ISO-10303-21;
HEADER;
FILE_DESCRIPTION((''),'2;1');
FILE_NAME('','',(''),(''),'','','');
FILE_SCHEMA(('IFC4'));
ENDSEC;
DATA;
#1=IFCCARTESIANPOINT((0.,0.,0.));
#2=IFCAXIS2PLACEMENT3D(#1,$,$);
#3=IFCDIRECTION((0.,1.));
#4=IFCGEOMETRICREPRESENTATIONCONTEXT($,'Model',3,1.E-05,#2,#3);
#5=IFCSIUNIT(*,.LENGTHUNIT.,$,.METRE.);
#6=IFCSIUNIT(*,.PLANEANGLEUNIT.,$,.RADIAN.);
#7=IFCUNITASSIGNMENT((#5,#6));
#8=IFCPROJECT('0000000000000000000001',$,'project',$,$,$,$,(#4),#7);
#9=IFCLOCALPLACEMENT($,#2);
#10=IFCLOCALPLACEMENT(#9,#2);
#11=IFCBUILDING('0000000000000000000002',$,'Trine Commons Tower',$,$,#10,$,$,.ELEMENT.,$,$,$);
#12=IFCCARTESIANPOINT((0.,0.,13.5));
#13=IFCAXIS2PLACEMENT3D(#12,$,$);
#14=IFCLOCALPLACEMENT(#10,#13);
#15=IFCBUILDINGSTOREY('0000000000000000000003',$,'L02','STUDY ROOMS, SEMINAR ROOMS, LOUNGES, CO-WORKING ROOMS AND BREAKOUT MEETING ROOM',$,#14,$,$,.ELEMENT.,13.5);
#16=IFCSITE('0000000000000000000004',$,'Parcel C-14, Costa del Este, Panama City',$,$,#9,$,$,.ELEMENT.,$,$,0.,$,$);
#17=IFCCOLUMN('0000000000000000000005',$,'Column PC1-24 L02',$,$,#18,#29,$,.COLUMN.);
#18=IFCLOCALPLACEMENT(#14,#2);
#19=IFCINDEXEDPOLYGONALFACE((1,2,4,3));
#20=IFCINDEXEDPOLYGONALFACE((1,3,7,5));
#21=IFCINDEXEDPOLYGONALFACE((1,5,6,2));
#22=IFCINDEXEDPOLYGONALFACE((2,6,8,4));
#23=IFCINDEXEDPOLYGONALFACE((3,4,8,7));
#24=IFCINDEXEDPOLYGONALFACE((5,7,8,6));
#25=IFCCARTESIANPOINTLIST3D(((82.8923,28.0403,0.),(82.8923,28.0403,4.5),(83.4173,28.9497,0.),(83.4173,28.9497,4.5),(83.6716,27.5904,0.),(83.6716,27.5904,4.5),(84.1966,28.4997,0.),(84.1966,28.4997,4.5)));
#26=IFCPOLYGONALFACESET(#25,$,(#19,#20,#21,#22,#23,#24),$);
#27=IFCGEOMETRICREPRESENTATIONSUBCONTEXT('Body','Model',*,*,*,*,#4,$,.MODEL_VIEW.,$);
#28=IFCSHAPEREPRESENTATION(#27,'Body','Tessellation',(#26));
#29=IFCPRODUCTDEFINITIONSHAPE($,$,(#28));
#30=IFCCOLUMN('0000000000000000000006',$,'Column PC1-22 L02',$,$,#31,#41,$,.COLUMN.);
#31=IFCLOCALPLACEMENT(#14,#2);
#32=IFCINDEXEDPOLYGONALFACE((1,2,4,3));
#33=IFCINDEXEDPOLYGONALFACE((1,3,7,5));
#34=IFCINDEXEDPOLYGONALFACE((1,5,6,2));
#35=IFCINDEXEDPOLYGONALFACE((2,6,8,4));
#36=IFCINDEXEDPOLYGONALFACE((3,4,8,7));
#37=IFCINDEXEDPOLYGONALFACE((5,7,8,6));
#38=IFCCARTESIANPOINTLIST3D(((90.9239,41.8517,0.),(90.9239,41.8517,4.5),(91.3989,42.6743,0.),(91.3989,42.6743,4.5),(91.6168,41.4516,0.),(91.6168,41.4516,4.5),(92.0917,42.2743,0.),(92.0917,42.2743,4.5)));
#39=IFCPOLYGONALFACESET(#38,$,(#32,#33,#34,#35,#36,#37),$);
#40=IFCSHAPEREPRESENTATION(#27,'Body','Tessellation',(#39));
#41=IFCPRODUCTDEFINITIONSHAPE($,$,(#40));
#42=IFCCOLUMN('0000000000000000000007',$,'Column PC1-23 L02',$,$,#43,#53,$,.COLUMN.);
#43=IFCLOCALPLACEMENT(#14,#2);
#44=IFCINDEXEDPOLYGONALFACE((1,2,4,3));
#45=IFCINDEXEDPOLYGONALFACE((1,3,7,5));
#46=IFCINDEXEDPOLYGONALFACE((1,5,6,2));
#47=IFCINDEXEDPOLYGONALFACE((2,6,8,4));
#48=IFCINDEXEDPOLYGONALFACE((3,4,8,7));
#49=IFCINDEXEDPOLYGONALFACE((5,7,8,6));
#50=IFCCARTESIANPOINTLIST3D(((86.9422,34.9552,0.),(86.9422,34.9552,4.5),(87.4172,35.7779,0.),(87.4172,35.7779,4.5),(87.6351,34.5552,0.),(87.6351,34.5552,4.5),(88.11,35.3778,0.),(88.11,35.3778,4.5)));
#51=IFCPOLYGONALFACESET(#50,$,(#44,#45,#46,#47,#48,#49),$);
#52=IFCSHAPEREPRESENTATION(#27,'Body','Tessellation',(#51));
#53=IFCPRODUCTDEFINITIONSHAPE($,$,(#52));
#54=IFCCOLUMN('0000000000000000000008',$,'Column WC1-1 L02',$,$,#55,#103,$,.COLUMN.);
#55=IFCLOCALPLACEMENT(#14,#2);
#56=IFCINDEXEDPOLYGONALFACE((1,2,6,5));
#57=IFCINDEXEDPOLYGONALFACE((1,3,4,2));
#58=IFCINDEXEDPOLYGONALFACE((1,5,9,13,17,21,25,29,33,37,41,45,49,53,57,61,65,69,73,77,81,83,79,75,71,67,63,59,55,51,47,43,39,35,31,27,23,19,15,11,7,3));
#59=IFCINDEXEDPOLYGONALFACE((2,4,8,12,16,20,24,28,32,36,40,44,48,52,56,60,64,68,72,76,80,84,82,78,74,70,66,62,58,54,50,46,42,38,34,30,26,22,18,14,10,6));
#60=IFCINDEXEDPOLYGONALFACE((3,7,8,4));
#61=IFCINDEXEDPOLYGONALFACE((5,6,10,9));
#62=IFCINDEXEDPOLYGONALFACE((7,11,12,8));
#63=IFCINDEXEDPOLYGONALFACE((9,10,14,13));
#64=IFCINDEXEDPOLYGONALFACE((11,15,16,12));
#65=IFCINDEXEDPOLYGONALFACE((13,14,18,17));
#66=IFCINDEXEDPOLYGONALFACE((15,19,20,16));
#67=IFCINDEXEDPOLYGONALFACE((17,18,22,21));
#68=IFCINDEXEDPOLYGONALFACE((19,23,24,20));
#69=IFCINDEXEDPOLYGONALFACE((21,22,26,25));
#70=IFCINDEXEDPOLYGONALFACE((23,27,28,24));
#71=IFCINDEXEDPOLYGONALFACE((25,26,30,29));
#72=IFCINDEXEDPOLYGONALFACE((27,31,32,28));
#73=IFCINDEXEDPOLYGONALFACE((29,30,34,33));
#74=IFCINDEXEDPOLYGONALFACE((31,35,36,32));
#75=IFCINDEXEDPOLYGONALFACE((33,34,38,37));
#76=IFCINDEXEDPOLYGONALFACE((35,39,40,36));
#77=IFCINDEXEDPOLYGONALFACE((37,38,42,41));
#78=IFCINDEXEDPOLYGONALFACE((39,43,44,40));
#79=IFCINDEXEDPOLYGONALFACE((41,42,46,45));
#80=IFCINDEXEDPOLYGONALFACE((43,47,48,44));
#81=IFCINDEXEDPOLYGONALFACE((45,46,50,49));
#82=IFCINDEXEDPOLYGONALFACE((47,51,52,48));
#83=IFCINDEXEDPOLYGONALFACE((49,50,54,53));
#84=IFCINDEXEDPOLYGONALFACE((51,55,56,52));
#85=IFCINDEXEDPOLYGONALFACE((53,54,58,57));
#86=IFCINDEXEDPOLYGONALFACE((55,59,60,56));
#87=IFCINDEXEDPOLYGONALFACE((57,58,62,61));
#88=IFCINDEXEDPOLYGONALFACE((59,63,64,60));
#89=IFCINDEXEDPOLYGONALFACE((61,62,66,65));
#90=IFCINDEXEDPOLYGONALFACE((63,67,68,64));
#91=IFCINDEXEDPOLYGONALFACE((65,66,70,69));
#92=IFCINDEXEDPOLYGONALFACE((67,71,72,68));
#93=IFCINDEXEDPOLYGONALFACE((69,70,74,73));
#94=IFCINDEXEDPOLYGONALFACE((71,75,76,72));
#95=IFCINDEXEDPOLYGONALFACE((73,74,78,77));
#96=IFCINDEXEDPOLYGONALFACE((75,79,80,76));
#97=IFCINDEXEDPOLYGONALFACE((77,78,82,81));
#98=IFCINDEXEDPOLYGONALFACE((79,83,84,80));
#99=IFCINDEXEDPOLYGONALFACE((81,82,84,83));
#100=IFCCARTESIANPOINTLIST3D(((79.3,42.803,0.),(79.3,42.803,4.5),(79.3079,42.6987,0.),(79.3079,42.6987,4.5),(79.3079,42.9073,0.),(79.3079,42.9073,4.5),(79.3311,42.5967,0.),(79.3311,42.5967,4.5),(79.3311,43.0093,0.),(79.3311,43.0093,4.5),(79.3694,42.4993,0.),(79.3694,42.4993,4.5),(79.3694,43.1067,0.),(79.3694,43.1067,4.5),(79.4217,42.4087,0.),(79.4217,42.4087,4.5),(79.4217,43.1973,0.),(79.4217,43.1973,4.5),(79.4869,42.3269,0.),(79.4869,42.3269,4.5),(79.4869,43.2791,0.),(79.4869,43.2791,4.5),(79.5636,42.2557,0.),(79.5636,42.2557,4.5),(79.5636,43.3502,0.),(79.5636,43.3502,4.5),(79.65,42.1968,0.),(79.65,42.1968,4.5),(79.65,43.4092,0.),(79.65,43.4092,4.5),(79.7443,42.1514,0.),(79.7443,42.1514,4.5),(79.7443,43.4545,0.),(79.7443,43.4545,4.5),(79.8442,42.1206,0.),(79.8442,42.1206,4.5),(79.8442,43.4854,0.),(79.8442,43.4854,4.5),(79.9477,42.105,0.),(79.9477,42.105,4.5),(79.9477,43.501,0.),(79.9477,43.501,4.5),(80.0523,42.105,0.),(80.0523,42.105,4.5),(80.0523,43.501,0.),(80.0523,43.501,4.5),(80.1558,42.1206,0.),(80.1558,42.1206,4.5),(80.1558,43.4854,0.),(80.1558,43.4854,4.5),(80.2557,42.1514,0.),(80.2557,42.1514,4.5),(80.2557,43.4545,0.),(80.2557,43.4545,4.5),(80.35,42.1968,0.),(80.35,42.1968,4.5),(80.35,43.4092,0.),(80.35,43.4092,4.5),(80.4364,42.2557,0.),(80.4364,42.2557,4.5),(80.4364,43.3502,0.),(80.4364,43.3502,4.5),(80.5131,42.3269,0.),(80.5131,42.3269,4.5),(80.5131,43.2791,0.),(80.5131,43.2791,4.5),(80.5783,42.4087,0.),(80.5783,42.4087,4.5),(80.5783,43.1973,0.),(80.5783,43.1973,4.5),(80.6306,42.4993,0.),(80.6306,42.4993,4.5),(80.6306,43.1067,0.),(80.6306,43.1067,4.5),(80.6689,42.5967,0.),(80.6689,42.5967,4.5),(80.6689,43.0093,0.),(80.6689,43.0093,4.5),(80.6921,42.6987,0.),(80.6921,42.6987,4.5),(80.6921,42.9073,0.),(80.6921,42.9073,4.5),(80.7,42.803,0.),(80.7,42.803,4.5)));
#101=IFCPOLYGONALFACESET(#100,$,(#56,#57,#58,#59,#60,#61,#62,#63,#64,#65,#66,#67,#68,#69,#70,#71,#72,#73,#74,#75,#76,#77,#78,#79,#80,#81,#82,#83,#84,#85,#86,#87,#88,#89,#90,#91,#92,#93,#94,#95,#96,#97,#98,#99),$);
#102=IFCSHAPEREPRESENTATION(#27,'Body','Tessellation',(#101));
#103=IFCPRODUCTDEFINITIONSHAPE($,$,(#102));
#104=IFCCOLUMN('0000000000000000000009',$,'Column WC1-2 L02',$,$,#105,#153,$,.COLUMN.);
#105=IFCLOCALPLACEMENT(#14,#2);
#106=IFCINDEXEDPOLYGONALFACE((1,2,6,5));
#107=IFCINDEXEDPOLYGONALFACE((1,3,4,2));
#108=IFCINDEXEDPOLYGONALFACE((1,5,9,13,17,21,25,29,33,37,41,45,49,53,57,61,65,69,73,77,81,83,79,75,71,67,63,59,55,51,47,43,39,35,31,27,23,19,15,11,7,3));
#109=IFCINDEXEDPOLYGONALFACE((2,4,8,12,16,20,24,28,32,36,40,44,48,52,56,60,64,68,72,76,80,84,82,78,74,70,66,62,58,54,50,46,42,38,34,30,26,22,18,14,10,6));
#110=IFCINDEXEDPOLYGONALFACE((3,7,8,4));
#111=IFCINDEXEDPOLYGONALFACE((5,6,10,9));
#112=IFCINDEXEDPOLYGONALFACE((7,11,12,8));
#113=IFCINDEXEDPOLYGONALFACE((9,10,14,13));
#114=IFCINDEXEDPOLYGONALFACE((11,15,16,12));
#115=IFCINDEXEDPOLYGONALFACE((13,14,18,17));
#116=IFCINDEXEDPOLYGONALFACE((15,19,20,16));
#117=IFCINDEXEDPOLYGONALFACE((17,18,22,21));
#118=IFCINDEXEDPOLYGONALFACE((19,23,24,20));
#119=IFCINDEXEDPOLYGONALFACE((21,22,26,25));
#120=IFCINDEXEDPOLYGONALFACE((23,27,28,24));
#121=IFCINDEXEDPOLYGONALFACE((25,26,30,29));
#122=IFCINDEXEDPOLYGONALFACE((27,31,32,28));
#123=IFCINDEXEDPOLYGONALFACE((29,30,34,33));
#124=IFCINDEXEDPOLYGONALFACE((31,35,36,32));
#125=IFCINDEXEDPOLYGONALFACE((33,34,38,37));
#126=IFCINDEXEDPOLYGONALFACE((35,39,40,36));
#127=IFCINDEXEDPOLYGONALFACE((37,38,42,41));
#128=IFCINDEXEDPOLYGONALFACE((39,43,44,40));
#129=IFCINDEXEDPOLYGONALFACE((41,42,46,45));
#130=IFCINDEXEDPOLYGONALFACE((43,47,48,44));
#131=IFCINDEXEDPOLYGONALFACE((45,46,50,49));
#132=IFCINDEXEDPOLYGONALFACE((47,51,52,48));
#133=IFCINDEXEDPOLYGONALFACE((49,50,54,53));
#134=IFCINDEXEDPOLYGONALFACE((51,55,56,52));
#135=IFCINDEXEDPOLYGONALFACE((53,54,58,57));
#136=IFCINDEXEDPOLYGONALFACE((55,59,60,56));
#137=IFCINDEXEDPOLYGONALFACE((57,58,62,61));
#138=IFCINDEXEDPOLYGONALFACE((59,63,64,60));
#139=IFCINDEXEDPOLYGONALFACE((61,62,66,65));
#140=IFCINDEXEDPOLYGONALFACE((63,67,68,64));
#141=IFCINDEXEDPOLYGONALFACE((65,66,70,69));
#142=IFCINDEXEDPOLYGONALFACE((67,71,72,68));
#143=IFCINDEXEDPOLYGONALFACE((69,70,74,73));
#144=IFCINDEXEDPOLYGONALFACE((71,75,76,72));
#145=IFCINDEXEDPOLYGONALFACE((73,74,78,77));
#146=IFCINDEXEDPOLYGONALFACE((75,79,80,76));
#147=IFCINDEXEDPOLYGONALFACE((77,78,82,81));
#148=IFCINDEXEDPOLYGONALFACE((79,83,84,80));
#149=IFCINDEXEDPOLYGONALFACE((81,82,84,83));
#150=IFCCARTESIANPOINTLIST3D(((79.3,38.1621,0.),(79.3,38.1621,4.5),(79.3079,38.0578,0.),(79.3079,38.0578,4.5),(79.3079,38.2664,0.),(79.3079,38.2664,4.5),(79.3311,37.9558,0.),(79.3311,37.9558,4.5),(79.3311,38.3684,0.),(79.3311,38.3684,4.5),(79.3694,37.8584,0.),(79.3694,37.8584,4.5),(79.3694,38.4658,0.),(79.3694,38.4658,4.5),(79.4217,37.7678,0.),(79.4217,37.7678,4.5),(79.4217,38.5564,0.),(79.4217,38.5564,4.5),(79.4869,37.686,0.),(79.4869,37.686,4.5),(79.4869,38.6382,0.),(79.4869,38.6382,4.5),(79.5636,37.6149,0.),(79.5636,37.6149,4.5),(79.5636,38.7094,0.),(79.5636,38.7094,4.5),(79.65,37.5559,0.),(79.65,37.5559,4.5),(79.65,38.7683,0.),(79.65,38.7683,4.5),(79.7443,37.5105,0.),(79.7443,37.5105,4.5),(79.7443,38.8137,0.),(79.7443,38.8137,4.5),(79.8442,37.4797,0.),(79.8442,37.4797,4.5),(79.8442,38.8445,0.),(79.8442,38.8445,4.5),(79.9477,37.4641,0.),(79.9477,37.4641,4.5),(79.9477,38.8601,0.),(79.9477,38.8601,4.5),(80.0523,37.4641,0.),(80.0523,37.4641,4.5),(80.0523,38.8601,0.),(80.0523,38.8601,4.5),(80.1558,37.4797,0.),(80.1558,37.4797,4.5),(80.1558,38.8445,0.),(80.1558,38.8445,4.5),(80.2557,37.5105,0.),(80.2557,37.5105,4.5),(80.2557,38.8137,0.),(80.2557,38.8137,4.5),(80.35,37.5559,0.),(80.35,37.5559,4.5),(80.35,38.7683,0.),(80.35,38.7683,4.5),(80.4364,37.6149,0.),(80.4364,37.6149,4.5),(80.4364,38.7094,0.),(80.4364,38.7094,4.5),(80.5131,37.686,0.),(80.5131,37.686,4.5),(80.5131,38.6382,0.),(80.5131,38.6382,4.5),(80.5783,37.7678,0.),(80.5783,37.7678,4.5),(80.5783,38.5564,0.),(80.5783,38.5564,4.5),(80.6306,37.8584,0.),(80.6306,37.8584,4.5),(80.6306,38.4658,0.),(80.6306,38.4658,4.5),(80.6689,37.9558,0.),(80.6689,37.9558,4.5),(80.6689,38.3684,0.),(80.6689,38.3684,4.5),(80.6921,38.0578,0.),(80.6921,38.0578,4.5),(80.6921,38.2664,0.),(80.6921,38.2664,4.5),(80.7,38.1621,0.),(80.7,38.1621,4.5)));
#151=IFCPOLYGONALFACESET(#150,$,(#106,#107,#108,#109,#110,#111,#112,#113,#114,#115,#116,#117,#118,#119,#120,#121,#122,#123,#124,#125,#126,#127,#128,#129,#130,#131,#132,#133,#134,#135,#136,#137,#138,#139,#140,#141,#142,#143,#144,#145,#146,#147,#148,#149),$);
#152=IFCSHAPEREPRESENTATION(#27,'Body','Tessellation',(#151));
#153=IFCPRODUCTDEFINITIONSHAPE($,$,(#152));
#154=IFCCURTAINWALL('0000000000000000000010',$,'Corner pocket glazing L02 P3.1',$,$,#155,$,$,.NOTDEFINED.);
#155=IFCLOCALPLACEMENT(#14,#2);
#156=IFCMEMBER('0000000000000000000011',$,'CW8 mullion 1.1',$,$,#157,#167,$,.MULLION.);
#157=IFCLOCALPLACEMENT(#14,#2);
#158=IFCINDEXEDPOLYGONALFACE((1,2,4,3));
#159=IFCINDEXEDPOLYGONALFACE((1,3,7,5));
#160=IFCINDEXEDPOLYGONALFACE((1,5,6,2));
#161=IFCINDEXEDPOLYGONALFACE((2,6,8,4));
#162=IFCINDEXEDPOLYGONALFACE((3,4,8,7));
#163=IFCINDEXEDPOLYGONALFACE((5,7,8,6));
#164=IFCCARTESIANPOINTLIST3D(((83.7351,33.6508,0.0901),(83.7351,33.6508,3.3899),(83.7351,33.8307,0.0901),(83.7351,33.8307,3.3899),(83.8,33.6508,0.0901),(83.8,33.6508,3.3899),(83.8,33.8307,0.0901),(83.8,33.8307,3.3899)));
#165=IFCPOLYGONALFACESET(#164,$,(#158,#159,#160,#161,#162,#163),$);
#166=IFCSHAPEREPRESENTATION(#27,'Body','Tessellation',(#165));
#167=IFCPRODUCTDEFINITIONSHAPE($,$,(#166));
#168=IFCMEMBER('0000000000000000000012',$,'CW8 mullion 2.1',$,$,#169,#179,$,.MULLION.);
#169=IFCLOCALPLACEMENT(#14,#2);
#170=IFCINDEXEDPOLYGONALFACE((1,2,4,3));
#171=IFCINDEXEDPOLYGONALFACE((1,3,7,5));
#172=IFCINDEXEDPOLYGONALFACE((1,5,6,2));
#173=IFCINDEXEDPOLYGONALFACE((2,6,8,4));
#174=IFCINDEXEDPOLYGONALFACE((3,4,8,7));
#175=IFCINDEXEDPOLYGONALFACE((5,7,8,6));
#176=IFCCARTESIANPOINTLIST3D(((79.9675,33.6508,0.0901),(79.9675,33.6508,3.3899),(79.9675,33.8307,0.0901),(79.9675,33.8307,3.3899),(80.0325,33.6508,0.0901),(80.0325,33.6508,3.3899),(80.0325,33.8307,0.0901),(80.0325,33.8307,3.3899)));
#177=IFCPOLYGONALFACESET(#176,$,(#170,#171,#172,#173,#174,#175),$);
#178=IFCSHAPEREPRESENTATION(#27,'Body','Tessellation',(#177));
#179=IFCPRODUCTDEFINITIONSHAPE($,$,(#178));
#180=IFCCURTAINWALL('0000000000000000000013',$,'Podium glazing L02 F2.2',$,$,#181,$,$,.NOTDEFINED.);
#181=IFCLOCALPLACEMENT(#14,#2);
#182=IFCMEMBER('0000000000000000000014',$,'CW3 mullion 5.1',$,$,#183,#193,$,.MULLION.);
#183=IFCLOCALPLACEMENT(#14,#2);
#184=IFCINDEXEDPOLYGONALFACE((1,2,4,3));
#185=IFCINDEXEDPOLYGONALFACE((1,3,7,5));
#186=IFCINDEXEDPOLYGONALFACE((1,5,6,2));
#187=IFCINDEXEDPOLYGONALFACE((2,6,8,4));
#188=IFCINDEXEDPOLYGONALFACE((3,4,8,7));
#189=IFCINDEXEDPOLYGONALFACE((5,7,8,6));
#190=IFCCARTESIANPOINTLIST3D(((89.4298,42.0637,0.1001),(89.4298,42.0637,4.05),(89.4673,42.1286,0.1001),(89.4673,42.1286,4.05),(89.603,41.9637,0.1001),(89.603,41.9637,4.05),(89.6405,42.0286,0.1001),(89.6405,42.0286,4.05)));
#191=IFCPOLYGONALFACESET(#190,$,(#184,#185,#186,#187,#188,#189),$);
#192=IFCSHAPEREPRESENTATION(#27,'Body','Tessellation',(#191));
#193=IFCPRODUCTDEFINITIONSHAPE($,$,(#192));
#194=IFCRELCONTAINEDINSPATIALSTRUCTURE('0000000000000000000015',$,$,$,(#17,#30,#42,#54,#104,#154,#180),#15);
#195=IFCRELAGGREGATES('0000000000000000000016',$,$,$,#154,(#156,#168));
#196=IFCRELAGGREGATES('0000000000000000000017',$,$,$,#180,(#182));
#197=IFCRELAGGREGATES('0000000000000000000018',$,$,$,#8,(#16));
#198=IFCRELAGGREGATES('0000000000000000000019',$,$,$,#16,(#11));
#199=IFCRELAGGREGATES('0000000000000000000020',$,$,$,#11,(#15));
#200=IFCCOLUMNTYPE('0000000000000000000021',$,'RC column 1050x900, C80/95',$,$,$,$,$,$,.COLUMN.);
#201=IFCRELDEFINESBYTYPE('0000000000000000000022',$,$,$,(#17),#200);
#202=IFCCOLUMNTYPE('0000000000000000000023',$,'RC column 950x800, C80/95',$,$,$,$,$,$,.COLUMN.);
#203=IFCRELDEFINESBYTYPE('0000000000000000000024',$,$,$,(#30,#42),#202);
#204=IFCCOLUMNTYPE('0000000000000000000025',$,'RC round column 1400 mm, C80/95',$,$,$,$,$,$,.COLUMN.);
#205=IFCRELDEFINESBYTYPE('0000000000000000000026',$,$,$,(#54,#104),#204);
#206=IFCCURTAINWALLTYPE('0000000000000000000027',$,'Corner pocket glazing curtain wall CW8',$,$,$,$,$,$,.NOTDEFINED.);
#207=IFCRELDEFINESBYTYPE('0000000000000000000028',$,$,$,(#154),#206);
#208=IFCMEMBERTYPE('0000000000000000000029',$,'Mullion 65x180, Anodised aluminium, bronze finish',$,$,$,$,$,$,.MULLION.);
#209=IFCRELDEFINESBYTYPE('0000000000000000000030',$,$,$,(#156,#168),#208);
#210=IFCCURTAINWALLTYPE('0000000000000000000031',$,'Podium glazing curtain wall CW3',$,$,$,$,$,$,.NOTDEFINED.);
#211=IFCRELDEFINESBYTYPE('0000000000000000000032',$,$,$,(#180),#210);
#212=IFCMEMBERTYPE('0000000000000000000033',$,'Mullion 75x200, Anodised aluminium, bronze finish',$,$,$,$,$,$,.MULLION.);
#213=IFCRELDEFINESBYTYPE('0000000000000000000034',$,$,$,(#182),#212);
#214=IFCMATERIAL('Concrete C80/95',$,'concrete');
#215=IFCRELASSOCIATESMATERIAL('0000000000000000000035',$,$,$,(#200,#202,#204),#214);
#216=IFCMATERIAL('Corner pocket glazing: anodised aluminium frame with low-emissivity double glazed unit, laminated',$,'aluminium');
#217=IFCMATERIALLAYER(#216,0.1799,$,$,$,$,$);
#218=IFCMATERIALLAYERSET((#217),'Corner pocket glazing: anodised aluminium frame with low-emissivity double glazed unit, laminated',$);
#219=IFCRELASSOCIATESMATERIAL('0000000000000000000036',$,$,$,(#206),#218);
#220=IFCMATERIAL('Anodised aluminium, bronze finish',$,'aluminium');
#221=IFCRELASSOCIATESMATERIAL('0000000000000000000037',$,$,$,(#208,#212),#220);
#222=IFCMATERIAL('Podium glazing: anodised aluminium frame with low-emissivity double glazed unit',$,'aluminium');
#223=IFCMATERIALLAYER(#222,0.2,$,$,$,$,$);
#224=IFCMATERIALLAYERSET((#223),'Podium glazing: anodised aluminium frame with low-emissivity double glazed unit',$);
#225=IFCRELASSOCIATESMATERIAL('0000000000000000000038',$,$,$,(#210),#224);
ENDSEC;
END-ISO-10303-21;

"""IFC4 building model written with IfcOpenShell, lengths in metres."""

from ifc_helpers import new_model, si_unit, direction, frame, origin, origin_2d, place, context, subcontext, project, spatial, rectangle, circle, extrude, material, layer, layer_set, material_profile, profile_set, type_object, element, aggregate, save


model = new_model("IFC4")

# Units and contexts
model_context = context("Model", 3, precision=1e-05, world=origin(), true_north=direction((0.0, 1.0)))
body_context = subcontext(model_context, "Body", "Model", "MODEL_VIEW")
ifc_project = project(units=[si_unit("LENGTHUNIT", "METRE"), si_unit("PLANEANGLEUNIT", "RADIAN")], contexts=[model_context])

# Site, building, storey
site_placement = place(None, origin())
site = spatial("IfcSite", under=ifc_project, at=site_placement, Name="Parcel C-14, Costa del Este, Panama City", CompositionType="ELEMENT", RefElevation=0.0)
building_placement = place(site_placement, origin())
building = spatial("IfcBuilding", under=site, at=building_placement, Name="Trine Commons Tower", CompositionType="ELEMENT")
storey_placement = place(building_placement, frame((0.0, 0.0, 13.5)))
storey = spatial("IfcBuildingStorey", under=building, at=storey_placement, Name="L02", Description="STUDY ROOMS, SEMINAR ROOMS, LOUNGES, CO-WORKING ROOMS AND BREAKOUT MEETING ROOM", CompositionType="ELEMENT", Elevation=13.5)

# Columns
ifc_material_1 = material(Name="Concrete C80/95", Category="concrete")
ifc_material_profile_1 = material_profile(ifc_material_1, rectangle(XDim=1.05, YDim=0.8999, at=origin_2d()), Name="RC 1050x900")
ifc_profile_set_1 = profile_set([ifc_material_profile_1], Name="Concrete C80/95")
column_type_1 = type_object("IfcColumnType", Name="RC column 1050x900, C80/95", PredefinedType="COLUMN", material=ifc_profile_set_1)
column_placement = place(storey_placement, frame((83.5444, 28.27, 0.0), z_axis=(0.0, 0.0, 1.0), x_axis=(0.5, 0.866025, 0.0)))
element("IfcColumn", 1, at=column_placement, inside=storey, type_object=column_type_1, Name="Column PC1-24 L02", PredefinedType="COLUMN", context=body_context, shape_type="SweptSolid", body=[
    extrude(rectangle(XDim=1.05, YDim=0.8999, at=origin_2d()), origin(), (0.0, 0.0, 1.0), 4.5),
])
ifc_material_profile_2 = material_profile(ifc_material_1, rectangle(XDim=0.95, YDim=0.8, at=origin_2d()), Name="RC 950x800")
ifc_profile_set_2 = profile_set([ifc_material_profile_2], Name="Concrete C80/95")
column_type_2 = type_object("IfcColumnType", Name="RC column 950x800, C80/95", PredefinedType="COLUMN", material=ifc_profile_set_2)
for number, where, z_axis, x_axis, name in (
    (2, (91.5078, 42.063, 0.0), (0.0, 0.0, 1.0), (0.5, 0.866025, 0.0), "Column PC1-22 L02"),
    (3, (87.5261, 35.1665, 0.0), (0.0, 0.0, 1.0), (0.5, 0.866025, 0.0), "Column PC1-23 L02"),
):
    element("IfcColumn", number, at=place(storey_placement, frame(where, z_axis=z_axis, x_axis=x_axis)), inside=storey, type_object=column_type_2, Name=name, PredefinedType="COLUMN", context=body_context, shape_type="SweptSolid", body=[
        extrude(rectangle(XDim=0.95, YDim=0.8, at=origin_2d()), origin(), (0.0, 0.0, 1.0), 4.5),
    ])
ifc_material_profile_3 = material_profile(ifc_material_1, circle(Radius=0.7, at=origin_2d()), Name="RC round 1400")
ifc_profile_set_3 = profile_set([ifc_material_profile_3], Name="Concrete C80/95")
column_type_3 = type_object("IfcColumnType", Name="RC round column 1400 mm, C80/95", PredefinedType="COLUMN", material=ifc_profile_set_3)
for number, where, z_axis, x_axis, name in (
    (4, (80.0, 42.803, 0.0), (0.0, 0.0, 1.0), (1.0, 0.0, 0.0), "Column WC1-1 L02"),
    (5, (80.0, 38.1621, 0.0), (0.0, 0.0, 1.0), (1.0, 0.0, 0.0), "Column WC1-2 L02"),
):
    element("IfcColumn", number, at=place(storey_placement, frame(where, z_axis=z_axis, x_axis=x_axis)), inside=storey, type_object=column_type_3, Name=name, PredefinedType="COLUMN", context=body_context, shape_type="SweptSolid", body=[
        extrude(circle(Radius=0.7, at=origin_2d()), origin(), (0.0, 0.0, 1.0), 4.5),
    ])

# Curtain walls, members
ifc_material_2 = material(Name="Corner pocket glazing: anodised aluminium frame with low-emissivity double glazed unit, laminated", Category="aluminium")
ifc_layer_1 = layer(ifc_material_2, 0.1799)
ifc_layer_set_1 = layer_set([ifc_layer_1], Name="Corner pocket glazing: anodised aluminium frame with low-emissivity double glazed unit, laminated")
curtain_wall_type_1 = type_object("IfcCurtainWallType", Name="Corner pocket glazing curtain wall CW8", PredefinedType="NOTDEFINED", material=ifc_layer_set_1)
curtain_wall_1_placement = place(storey_placement, origin())
curtain_wall_1 = element("IfcCurtainWall", 6, at=curtain_wall_1_placement, inside=storey, type_object=curtain_wall_type_1, Name="Corner pocket glazing L02 P3.1", PredefinedType="NOTDEFINED")
ifc_material_3 = material(Name="Anodised aluminium, bronze finish", Category="aluminium")
ifc_material_profile_4 = material_profile(ifc_material_3, rectangle(XDim=0.1799, YDim=0.0649, at=origin_2d()), Name="Mullion 65x180")
ifc_profile_set_4 = profile_set([ifc_material_profile_4], Name="Anodised aluminium, bronze finish")
member_type_1 = type_object("IfcMemberType", Name="Mullion 65x180, Anodised aluminium, bronze finish", PredefinedType="MULLION", material=ifc_profile_set_4)
member_1_placement = place(storey_placement, frame((83.7676, 33.7407, 0.0901), z_axis=(0.0, 0.0, 1.0), x_axis=(0.0, -1.0, 0.0)))
member_1 = element("IfcMember", 7, at=member_1_placement, type_object=member_type_1, Name="CW8 mullion 1.1", PredefinedType="MULLION", context=body_context, shape_type="SweptSolid", body=[
    extrude(rectangle(XDim=0.1799, YDim=0.0649, at=origin_2d()), origin(), (0.0, 0.0, 1.0), 3.2998),
])
member_2_placement = place(storey_placement, frame((80.0, 33.7407, 0.0901), z_axis=(0.0, 0.0, 1.0), x_axis=(0.0, -1.0, 0.0)))
member_2 = element("IfcMember", 8, at=member_2_placement, type_object=member_type_1, Name="CW8 mullion 2.1", PredefinedType="MULLION", context=body_context, shape_type="SweptSolid", body=[
    extrude(rectangle(XDim=0.1799, YDim=0.0649, at=origin_2d()), origin(), (0.0, 0.0, 1.0), 3.2998),
])
ifc_material_4 = material(Name="Podium glazing: anodised aluminium frame with low-emissivity double glazed unit", Category="aluminium")
ifc_layer_2 = layer(ifc_material_4, 0.2)
ifc_layer_set_2 = layer_set([ifc_layer_2], Name="Podium glazing: anodised aluminium frame with low-emissivity double glazed unit")
curtain_wall_type_2 = type_object("IfcCurtainWallType", Name="Podium glazing curtain wall CW3", PredefinedType="NOTDEFINED", material=ifc_layer_set_2)
curtain_wall_2_placement = place(storey_placement, origin())
curtain_wall_2 = element("IfcCurtainWall", 9, at=curtain_wall_2_placement, inside=storey, type_object=curtain_wall_type_2, Name="Podium glazing L02 F2.2", PredefinedType="NOTDEFINED")
ifc_material_profile_5 = material_profile(ifc_material_3, rectangle(XDim=0.2, YDim=0.075, at=origin_2d()), Name="Mullion 75x200")
ifc_profile_set_5 = profile_set([ifc_material_profile_5], Name="Anodised aluminium, bronze finish")
member_type_2 = type_object("IfcMemberType", Name="Mullion 75x200, Anodised aluminium, bronze finish", PredefinedType="MULLION", material=ifc_profile_set_5)
member_3_placement = place(storey_placement, frame((89.5352, 42.0461, 0.1001), z_axis=(0.0, 0.0, 1.0), x_axis=(0.866025, -0.5, 0.0)))
member_3 = element("IfcMember", 10, at=member_3_placement, type_object=member_type_2, Name="CW3 mullion 5.1", PredefinedType="MULLION", context=body_context, shape_type="SweptSolid", body=[
    extrude(rectangle(XDim=0.2, YDim=0.075, at=origin_2d()), origin(), (0.0, 0.0, 1.0), 3.95),
])

aggregate(curtain_wall_1, [member_1, member_2])
aggregate(curtain_wall_2, [member_3])

save(model, "model.ifc")
